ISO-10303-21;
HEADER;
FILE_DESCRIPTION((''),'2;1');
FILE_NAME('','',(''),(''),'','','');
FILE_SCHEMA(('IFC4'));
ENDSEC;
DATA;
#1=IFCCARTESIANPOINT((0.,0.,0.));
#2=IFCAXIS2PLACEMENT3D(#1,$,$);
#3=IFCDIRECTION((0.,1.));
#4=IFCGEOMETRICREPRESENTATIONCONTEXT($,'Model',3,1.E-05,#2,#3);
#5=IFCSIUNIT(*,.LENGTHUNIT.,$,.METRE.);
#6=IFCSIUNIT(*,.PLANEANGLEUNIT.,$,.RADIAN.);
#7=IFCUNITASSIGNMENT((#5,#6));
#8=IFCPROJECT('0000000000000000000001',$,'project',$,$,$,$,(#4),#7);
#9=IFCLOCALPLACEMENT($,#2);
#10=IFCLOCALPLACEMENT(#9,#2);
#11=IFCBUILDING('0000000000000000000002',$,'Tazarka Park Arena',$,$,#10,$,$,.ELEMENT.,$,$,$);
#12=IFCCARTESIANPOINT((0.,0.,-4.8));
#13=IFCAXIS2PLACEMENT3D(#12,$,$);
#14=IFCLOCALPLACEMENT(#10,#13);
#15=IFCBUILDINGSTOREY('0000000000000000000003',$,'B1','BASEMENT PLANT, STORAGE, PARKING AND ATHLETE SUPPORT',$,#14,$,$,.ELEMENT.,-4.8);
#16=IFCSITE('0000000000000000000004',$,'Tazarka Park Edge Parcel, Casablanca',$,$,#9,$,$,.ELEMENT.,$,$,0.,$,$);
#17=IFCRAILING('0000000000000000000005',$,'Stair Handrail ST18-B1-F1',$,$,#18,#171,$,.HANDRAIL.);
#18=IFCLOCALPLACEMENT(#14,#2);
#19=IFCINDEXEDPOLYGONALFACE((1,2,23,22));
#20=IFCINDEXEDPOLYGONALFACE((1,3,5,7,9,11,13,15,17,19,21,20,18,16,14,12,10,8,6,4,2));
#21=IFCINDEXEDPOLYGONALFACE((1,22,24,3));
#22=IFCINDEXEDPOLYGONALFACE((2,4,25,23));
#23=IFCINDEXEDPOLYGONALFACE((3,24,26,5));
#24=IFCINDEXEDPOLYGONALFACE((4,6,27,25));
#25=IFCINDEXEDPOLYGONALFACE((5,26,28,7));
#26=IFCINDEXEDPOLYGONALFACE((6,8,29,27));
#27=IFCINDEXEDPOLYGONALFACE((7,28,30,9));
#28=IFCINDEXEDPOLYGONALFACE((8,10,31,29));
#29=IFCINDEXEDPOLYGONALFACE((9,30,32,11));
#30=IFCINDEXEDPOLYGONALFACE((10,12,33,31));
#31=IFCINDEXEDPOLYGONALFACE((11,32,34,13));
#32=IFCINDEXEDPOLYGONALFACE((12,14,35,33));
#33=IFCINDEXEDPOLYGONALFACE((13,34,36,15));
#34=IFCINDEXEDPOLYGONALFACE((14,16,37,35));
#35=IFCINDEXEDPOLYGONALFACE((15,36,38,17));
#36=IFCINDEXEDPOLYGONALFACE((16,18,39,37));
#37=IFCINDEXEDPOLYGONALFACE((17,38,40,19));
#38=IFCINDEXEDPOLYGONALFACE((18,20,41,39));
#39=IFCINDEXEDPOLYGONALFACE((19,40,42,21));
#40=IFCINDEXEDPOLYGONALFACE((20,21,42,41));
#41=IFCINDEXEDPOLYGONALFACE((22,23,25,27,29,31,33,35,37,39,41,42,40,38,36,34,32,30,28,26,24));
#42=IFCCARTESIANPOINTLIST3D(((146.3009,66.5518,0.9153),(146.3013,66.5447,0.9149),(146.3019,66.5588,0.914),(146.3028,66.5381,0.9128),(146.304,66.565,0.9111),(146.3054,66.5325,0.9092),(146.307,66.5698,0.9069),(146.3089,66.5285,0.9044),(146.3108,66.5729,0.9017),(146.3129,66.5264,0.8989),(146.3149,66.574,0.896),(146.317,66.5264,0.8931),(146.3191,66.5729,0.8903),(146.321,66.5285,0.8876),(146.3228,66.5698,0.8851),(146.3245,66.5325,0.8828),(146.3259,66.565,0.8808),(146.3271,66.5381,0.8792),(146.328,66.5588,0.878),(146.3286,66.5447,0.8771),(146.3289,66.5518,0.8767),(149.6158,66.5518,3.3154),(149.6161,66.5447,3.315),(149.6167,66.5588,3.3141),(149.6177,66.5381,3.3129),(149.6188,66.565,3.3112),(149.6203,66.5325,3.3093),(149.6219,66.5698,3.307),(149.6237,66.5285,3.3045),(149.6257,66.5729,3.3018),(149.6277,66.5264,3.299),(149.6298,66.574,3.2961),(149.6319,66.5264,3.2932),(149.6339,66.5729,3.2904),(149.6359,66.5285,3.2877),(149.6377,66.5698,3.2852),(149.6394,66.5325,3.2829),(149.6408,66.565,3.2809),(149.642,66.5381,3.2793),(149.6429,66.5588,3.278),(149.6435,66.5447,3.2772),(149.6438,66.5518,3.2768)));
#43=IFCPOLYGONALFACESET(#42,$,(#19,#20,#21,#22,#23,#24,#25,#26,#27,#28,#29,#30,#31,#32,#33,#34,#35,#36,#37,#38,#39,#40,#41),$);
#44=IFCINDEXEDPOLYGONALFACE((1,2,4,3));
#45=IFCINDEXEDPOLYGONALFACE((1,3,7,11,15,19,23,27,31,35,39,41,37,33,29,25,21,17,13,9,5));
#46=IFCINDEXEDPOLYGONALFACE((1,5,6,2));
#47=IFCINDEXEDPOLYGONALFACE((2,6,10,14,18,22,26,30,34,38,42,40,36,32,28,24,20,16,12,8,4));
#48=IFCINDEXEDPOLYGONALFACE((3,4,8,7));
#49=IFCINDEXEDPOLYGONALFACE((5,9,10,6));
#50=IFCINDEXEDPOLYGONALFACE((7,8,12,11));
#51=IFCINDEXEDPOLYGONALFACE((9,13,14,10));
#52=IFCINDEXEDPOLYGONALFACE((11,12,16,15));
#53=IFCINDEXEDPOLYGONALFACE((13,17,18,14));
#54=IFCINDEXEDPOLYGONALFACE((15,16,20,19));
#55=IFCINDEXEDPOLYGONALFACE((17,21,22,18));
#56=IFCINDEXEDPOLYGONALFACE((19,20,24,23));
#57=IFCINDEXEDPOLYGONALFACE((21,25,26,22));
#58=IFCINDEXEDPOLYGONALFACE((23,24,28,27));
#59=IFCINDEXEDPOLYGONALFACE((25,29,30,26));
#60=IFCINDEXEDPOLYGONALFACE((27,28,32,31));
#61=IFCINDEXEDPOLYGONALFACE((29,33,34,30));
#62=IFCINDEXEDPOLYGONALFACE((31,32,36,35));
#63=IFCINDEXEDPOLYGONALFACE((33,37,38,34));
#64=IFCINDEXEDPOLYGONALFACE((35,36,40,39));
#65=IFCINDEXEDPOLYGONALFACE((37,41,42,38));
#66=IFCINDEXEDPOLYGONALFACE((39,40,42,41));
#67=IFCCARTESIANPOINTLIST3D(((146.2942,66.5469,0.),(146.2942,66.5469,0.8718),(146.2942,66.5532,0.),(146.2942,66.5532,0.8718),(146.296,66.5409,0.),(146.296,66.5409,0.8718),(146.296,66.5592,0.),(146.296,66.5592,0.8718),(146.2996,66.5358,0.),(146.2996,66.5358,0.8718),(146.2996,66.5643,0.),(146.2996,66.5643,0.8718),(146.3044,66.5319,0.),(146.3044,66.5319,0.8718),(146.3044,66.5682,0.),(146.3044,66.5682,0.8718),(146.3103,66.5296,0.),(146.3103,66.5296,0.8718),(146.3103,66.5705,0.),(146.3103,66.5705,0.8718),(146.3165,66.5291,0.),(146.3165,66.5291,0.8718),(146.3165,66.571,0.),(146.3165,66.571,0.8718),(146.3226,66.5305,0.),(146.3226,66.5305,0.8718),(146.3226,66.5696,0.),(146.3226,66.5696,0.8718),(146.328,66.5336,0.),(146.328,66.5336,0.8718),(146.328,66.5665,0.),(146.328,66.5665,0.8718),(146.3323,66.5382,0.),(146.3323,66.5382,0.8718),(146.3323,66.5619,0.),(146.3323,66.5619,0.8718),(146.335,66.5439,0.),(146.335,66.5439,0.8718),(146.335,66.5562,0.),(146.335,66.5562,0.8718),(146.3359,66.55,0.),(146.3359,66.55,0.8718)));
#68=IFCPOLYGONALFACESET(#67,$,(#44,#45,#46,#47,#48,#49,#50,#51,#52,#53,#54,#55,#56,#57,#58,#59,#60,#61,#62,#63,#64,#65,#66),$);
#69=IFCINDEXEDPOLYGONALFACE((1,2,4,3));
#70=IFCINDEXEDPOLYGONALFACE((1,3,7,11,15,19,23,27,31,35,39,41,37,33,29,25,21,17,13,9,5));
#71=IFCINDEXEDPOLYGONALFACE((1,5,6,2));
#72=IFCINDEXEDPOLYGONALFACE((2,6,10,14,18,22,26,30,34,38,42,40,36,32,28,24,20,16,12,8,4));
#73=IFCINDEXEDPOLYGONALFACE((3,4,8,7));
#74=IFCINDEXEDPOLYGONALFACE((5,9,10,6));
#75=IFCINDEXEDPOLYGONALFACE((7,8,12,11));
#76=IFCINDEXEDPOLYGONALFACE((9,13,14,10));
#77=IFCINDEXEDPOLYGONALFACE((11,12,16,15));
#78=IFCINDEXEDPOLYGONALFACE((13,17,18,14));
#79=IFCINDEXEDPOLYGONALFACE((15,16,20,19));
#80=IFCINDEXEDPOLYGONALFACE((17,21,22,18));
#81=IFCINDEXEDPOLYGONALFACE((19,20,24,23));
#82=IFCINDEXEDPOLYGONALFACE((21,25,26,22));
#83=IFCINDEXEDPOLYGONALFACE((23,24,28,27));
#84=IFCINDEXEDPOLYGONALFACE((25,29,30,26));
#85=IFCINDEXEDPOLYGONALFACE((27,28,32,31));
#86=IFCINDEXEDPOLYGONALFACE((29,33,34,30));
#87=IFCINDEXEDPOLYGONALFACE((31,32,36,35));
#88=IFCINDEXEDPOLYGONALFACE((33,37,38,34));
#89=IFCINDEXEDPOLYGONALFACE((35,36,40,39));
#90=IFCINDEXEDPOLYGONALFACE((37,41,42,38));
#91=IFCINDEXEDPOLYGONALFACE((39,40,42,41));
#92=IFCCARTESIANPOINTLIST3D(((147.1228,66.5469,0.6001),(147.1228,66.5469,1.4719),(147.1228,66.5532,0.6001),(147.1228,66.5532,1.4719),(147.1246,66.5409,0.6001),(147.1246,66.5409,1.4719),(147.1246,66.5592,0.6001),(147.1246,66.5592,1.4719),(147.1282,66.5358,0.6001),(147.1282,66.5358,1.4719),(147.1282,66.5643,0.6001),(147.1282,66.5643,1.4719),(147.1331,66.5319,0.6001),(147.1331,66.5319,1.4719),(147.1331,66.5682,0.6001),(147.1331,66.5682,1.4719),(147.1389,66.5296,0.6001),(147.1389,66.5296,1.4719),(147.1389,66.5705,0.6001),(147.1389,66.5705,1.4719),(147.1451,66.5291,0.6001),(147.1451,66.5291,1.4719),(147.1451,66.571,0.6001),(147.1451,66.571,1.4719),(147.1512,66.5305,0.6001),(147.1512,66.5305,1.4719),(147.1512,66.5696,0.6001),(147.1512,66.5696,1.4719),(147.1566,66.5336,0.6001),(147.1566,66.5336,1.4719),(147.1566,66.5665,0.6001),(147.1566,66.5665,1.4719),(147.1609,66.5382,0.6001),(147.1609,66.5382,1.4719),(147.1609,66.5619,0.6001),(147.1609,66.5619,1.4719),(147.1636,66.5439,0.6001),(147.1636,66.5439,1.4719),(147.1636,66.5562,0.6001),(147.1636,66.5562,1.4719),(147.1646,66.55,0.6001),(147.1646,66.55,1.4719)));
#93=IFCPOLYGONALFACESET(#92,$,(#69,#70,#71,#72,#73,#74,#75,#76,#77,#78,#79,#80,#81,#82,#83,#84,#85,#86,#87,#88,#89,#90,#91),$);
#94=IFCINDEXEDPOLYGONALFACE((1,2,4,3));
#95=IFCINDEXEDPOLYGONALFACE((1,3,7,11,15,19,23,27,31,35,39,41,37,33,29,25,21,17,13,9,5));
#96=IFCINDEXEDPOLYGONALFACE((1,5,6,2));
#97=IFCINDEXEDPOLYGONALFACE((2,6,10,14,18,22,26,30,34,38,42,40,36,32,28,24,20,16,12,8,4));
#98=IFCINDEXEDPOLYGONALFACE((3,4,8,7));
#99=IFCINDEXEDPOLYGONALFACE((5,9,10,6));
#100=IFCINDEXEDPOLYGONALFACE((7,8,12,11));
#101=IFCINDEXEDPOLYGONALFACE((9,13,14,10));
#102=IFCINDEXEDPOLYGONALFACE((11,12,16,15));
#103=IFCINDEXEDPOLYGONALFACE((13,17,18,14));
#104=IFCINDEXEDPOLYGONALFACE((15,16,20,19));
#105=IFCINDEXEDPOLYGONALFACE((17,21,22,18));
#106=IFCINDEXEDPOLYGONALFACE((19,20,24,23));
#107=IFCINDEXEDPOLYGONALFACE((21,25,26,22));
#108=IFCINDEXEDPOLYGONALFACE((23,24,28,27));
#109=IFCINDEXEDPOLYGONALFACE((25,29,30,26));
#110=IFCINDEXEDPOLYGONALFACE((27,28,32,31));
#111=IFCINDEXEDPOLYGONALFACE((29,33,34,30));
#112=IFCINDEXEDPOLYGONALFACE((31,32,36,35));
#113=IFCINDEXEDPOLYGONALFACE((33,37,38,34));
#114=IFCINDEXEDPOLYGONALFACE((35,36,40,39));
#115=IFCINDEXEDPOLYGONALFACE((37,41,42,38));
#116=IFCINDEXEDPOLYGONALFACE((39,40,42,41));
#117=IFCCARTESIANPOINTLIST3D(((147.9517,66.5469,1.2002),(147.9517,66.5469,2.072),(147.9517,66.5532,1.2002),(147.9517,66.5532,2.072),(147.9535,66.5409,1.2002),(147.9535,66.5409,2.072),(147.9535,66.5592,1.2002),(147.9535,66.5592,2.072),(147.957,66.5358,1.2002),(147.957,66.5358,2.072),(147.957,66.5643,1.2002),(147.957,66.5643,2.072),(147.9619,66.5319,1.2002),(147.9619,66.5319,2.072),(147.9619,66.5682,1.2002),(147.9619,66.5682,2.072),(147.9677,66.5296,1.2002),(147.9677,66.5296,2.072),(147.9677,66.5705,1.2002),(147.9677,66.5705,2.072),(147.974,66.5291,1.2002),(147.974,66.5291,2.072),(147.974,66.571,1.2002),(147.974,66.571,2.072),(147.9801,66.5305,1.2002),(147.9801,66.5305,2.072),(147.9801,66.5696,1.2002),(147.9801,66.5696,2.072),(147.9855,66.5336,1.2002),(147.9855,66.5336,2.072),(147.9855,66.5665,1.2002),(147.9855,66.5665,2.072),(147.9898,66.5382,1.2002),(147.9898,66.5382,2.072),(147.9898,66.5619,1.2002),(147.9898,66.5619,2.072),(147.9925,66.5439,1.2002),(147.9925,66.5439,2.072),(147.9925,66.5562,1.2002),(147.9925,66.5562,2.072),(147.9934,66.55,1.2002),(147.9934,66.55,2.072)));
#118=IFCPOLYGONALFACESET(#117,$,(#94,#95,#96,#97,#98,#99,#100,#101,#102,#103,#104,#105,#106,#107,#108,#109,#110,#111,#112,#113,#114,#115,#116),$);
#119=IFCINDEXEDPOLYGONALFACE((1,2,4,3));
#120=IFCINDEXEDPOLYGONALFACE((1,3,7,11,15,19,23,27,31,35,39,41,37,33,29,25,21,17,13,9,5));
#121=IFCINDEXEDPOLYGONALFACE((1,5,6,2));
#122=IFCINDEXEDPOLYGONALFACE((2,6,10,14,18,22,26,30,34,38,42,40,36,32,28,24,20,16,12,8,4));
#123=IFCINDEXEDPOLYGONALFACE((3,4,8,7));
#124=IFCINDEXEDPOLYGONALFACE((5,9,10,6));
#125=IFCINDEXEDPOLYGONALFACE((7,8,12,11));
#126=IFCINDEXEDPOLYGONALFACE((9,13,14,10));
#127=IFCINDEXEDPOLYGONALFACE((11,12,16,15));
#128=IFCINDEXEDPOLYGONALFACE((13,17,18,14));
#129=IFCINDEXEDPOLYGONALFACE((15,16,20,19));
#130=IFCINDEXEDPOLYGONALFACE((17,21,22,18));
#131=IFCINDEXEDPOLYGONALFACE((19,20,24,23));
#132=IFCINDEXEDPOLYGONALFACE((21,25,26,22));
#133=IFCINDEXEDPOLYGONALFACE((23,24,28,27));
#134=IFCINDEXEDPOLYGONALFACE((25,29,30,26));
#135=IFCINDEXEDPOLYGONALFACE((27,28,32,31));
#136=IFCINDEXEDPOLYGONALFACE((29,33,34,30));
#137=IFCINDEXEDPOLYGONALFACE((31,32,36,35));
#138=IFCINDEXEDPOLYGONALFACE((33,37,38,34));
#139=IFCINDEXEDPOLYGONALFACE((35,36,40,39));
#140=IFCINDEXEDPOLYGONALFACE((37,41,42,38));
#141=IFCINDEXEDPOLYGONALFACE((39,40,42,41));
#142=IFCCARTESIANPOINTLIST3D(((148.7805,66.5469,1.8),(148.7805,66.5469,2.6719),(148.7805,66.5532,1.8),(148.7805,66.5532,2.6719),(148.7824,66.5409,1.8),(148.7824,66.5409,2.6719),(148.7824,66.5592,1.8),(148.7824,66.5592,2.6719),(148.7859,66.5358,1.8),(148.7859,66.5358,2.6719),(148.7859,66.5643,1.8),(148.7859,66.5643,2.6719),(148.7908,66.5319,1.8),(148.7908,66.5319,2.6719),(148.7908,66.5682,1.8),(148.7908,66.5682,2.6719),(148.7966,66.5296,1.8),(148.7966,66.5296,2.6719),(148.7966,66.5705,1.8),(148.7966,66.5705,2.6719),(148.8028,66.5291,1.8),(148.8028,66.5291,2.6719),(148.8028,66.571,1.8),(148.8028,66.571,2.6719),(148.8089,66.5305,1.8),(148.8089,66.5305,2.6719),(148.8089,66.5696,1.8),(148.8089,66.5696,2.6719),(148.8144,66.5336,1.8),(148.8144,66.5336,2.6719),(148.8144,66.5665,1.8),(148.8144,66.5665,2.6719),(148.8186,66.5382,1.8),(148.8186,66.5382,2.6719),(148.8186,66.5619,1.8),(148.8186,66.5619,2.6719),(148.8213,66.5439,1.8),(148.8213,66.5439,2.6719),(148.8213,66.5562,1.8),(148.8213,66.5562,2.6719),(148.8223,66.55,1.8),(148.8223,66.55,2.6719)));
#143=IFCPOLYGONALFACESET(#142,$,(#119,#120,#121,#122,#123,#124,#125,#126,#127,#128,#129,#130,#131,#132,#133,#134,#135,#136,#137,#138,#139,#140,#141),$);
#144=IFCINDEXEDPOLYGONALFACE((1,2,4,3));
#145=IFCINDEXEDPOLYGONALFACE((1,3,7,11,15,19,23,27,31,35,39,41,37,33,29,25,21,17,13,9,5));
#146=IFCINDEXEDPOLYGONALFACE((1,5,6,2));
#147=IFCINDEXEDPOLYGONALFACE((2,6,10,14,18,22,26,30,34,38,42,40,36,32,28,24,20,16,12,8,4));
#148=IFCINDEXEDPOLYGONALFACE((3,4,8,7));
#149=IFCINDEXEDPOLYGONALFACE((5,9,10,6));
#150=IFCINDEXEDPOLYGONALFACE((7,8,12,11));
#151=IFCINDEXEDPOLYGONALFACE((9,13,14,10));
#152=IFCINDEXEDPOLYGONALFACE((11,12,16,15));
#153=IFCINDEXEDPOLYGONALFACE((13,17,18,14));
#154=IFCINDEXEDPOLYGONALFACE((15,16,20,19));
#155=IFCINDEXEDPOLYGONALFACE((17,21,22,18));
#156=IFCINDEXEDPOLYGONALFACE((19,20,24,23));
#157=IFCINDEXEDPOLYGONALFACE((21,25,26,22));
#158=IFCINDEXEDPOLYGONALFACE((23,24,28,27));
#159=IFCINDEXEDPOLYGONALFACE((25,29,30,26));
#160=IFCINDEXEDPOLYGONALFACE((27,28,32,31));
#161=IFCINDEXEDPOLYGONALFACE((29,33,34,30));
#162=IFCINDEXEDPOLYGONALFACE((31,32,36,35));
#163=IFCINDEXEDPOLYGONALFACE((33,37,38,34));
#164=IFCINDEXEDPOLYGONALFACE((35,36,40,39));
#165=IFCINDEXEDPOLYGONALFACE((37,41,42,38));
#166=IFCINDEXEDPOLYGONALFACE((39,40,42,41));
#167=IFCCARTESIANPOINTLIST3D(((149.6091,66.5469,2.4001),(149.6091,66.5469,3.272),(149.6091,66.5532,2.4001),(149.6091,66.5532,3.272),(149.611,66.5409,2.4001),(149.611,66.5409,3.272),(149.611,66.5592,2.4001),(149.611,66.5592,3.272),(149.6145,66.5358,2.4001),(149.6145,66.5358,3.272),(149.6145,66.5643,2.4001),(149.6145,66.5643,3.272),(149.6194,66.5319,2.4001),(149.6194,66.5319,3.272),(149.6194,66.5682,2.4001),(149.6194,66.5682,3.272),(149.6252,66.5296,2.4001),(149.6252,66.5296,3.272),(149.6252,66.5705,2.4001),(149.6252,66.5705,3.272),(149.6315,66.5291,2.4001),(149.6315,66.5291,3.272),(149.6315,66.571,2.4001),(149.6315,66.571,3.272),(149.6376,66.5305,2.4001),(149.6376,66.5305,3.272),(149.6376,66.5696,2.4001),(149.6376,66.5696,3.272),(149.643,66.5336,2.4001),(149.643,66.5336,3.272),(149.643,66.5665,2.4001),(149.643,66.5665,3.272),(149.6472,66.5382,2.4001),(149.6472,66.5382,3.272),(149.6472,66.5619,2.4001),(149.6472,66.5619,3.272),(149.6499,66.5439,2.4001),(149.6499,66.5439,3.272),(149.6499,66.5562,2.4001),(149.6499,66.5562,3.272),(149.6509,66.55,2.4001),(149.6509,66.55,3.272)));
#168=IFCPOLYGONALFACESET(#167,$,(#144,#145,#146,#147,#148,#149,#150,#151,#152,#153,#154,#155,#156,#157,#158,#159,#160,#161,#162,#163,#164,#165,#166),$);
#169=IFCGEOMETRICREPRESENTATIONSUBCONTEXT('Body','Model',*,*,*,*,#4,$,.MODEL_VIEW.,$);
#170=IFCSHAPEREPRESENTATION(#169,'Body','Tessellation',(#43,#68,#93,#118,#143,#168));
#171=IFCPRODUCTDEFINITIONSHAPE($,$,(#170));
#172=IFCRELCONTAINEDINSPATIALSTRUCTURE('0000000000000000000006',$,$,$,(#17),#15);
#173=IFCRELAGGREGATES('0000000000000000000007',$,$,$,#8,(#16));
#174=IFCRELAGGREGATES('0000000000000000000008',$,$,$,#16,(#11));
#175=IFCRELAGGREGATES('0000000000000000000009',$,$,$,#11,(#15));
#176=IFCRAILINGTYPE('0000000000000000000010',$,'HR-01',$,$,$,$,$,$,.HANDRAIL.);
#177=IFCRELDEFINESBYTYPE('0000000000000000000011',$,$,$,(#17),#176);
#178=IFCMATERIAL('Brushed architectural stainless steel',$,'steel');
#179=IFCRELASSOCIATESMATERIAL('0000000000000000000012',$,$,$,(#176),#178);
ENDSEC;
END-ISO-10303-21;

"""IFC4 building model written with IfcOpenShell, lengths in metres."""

from ifc_helpers import new_model, si_unit, direction, frame, origin, origin_2d, place, context, subcontext, project, spatial, circle, extrude, material, type_object, element, save


model = new_model("IFC4")

# Units and contexts
model_context = context("Model", 3, precision=1e-05, world=origin(), true_north=direction((0.0, 1.0)))
body_context = subcontext(model_context, "Body", "Model", "MODEL_VIEW")
ifc_project = project(units=[si_unit("LENGTHUNIT", "METRE"), si_unit("PLANEANGLEUNIT", "RADIAN")], contexts=[model_context])

# Site, building, storey
site_placement = place(None, origin())
site = spatial("IfcSite", under=ifc_project, at=site_placement, Name="Tazarka Park Edge Parcel, Casablanca", CompositionType="ELEMENT", RefElevation=0.0)
building_placement = place(site_placement, origin())
building = spatial("IfcBuilding", under=site, at=building_placement, Name="Tazarka Park Arena", CompositionType="ELEMENT")
storey_placement = place(building_placement, frame((0.0, 0.0, -4.8)))
storey = spatial("IfcBuildingStorey", under=building, at=storey_placement, Name="B1", Description="BASEMENT PLANT, STORAGE, PARKING AND ATHLETE SUPPORT", CompositionType="ELEMENT", Elevation=-4.8)

# Railing
ifc_material_1 = material(Name="Brushed architectural stainless steel", Category="steel")
railing_type_1 = type_object("IfcRailingType", Name="HR-01", PredefinedType="HANDRAIL", material=ifc_material_1)
railing_1_placement = place(storey_placement, frame((146.3149, 66.55, 0.0)))
element("IfcRailing", 1, at=railing_1_placement, inside=storey, type_object=railing_type_1, Name="Stair Handrail ST18-B1-F1", PredefinedType="HANDRAIL", context=body_context, shape_type="SweptSolid", body=[
    extrude(circle(Radius=0.0239, at=origin_2d()), frame((0.0, 0.0, 0.896), z_axis=(0.80998, 0.0, 0.586457), x_axis=(0.0, 1.0, 0.0)), (0.0, 0.0, 1.0), 4.0925),
    extrude(circle(Radius=0.021, at=origin_2d()), origin(), (0.0, 0.0, 1.0), 0.8718),
    extrude(circle(Radius=0.021, at=origin_2d()), frame((0.8286, 0.0, 0.6001)), (0.0, 0.0, 1.0), 0.8718),
    extrude(circle(Radius=0.021, at=origin_2d()), frame((1.6575, 0.0, 1.2002)), (0.0, 0.0, 1.0), 0.8718),
    extrude(circle(Radius=0.021, at=origin_2d()), frame((2.4863, 0.0, 1.8)), (0.0, 0.0, 1.0), 0.8718),
    extrude(circle(Radius=0.021, at=origin_2d()), frame((3.3149, 0.0, 2.4001)), (0.0, 0.0, 1.0), 0.8718),
])

save(model, "model.ifc")
